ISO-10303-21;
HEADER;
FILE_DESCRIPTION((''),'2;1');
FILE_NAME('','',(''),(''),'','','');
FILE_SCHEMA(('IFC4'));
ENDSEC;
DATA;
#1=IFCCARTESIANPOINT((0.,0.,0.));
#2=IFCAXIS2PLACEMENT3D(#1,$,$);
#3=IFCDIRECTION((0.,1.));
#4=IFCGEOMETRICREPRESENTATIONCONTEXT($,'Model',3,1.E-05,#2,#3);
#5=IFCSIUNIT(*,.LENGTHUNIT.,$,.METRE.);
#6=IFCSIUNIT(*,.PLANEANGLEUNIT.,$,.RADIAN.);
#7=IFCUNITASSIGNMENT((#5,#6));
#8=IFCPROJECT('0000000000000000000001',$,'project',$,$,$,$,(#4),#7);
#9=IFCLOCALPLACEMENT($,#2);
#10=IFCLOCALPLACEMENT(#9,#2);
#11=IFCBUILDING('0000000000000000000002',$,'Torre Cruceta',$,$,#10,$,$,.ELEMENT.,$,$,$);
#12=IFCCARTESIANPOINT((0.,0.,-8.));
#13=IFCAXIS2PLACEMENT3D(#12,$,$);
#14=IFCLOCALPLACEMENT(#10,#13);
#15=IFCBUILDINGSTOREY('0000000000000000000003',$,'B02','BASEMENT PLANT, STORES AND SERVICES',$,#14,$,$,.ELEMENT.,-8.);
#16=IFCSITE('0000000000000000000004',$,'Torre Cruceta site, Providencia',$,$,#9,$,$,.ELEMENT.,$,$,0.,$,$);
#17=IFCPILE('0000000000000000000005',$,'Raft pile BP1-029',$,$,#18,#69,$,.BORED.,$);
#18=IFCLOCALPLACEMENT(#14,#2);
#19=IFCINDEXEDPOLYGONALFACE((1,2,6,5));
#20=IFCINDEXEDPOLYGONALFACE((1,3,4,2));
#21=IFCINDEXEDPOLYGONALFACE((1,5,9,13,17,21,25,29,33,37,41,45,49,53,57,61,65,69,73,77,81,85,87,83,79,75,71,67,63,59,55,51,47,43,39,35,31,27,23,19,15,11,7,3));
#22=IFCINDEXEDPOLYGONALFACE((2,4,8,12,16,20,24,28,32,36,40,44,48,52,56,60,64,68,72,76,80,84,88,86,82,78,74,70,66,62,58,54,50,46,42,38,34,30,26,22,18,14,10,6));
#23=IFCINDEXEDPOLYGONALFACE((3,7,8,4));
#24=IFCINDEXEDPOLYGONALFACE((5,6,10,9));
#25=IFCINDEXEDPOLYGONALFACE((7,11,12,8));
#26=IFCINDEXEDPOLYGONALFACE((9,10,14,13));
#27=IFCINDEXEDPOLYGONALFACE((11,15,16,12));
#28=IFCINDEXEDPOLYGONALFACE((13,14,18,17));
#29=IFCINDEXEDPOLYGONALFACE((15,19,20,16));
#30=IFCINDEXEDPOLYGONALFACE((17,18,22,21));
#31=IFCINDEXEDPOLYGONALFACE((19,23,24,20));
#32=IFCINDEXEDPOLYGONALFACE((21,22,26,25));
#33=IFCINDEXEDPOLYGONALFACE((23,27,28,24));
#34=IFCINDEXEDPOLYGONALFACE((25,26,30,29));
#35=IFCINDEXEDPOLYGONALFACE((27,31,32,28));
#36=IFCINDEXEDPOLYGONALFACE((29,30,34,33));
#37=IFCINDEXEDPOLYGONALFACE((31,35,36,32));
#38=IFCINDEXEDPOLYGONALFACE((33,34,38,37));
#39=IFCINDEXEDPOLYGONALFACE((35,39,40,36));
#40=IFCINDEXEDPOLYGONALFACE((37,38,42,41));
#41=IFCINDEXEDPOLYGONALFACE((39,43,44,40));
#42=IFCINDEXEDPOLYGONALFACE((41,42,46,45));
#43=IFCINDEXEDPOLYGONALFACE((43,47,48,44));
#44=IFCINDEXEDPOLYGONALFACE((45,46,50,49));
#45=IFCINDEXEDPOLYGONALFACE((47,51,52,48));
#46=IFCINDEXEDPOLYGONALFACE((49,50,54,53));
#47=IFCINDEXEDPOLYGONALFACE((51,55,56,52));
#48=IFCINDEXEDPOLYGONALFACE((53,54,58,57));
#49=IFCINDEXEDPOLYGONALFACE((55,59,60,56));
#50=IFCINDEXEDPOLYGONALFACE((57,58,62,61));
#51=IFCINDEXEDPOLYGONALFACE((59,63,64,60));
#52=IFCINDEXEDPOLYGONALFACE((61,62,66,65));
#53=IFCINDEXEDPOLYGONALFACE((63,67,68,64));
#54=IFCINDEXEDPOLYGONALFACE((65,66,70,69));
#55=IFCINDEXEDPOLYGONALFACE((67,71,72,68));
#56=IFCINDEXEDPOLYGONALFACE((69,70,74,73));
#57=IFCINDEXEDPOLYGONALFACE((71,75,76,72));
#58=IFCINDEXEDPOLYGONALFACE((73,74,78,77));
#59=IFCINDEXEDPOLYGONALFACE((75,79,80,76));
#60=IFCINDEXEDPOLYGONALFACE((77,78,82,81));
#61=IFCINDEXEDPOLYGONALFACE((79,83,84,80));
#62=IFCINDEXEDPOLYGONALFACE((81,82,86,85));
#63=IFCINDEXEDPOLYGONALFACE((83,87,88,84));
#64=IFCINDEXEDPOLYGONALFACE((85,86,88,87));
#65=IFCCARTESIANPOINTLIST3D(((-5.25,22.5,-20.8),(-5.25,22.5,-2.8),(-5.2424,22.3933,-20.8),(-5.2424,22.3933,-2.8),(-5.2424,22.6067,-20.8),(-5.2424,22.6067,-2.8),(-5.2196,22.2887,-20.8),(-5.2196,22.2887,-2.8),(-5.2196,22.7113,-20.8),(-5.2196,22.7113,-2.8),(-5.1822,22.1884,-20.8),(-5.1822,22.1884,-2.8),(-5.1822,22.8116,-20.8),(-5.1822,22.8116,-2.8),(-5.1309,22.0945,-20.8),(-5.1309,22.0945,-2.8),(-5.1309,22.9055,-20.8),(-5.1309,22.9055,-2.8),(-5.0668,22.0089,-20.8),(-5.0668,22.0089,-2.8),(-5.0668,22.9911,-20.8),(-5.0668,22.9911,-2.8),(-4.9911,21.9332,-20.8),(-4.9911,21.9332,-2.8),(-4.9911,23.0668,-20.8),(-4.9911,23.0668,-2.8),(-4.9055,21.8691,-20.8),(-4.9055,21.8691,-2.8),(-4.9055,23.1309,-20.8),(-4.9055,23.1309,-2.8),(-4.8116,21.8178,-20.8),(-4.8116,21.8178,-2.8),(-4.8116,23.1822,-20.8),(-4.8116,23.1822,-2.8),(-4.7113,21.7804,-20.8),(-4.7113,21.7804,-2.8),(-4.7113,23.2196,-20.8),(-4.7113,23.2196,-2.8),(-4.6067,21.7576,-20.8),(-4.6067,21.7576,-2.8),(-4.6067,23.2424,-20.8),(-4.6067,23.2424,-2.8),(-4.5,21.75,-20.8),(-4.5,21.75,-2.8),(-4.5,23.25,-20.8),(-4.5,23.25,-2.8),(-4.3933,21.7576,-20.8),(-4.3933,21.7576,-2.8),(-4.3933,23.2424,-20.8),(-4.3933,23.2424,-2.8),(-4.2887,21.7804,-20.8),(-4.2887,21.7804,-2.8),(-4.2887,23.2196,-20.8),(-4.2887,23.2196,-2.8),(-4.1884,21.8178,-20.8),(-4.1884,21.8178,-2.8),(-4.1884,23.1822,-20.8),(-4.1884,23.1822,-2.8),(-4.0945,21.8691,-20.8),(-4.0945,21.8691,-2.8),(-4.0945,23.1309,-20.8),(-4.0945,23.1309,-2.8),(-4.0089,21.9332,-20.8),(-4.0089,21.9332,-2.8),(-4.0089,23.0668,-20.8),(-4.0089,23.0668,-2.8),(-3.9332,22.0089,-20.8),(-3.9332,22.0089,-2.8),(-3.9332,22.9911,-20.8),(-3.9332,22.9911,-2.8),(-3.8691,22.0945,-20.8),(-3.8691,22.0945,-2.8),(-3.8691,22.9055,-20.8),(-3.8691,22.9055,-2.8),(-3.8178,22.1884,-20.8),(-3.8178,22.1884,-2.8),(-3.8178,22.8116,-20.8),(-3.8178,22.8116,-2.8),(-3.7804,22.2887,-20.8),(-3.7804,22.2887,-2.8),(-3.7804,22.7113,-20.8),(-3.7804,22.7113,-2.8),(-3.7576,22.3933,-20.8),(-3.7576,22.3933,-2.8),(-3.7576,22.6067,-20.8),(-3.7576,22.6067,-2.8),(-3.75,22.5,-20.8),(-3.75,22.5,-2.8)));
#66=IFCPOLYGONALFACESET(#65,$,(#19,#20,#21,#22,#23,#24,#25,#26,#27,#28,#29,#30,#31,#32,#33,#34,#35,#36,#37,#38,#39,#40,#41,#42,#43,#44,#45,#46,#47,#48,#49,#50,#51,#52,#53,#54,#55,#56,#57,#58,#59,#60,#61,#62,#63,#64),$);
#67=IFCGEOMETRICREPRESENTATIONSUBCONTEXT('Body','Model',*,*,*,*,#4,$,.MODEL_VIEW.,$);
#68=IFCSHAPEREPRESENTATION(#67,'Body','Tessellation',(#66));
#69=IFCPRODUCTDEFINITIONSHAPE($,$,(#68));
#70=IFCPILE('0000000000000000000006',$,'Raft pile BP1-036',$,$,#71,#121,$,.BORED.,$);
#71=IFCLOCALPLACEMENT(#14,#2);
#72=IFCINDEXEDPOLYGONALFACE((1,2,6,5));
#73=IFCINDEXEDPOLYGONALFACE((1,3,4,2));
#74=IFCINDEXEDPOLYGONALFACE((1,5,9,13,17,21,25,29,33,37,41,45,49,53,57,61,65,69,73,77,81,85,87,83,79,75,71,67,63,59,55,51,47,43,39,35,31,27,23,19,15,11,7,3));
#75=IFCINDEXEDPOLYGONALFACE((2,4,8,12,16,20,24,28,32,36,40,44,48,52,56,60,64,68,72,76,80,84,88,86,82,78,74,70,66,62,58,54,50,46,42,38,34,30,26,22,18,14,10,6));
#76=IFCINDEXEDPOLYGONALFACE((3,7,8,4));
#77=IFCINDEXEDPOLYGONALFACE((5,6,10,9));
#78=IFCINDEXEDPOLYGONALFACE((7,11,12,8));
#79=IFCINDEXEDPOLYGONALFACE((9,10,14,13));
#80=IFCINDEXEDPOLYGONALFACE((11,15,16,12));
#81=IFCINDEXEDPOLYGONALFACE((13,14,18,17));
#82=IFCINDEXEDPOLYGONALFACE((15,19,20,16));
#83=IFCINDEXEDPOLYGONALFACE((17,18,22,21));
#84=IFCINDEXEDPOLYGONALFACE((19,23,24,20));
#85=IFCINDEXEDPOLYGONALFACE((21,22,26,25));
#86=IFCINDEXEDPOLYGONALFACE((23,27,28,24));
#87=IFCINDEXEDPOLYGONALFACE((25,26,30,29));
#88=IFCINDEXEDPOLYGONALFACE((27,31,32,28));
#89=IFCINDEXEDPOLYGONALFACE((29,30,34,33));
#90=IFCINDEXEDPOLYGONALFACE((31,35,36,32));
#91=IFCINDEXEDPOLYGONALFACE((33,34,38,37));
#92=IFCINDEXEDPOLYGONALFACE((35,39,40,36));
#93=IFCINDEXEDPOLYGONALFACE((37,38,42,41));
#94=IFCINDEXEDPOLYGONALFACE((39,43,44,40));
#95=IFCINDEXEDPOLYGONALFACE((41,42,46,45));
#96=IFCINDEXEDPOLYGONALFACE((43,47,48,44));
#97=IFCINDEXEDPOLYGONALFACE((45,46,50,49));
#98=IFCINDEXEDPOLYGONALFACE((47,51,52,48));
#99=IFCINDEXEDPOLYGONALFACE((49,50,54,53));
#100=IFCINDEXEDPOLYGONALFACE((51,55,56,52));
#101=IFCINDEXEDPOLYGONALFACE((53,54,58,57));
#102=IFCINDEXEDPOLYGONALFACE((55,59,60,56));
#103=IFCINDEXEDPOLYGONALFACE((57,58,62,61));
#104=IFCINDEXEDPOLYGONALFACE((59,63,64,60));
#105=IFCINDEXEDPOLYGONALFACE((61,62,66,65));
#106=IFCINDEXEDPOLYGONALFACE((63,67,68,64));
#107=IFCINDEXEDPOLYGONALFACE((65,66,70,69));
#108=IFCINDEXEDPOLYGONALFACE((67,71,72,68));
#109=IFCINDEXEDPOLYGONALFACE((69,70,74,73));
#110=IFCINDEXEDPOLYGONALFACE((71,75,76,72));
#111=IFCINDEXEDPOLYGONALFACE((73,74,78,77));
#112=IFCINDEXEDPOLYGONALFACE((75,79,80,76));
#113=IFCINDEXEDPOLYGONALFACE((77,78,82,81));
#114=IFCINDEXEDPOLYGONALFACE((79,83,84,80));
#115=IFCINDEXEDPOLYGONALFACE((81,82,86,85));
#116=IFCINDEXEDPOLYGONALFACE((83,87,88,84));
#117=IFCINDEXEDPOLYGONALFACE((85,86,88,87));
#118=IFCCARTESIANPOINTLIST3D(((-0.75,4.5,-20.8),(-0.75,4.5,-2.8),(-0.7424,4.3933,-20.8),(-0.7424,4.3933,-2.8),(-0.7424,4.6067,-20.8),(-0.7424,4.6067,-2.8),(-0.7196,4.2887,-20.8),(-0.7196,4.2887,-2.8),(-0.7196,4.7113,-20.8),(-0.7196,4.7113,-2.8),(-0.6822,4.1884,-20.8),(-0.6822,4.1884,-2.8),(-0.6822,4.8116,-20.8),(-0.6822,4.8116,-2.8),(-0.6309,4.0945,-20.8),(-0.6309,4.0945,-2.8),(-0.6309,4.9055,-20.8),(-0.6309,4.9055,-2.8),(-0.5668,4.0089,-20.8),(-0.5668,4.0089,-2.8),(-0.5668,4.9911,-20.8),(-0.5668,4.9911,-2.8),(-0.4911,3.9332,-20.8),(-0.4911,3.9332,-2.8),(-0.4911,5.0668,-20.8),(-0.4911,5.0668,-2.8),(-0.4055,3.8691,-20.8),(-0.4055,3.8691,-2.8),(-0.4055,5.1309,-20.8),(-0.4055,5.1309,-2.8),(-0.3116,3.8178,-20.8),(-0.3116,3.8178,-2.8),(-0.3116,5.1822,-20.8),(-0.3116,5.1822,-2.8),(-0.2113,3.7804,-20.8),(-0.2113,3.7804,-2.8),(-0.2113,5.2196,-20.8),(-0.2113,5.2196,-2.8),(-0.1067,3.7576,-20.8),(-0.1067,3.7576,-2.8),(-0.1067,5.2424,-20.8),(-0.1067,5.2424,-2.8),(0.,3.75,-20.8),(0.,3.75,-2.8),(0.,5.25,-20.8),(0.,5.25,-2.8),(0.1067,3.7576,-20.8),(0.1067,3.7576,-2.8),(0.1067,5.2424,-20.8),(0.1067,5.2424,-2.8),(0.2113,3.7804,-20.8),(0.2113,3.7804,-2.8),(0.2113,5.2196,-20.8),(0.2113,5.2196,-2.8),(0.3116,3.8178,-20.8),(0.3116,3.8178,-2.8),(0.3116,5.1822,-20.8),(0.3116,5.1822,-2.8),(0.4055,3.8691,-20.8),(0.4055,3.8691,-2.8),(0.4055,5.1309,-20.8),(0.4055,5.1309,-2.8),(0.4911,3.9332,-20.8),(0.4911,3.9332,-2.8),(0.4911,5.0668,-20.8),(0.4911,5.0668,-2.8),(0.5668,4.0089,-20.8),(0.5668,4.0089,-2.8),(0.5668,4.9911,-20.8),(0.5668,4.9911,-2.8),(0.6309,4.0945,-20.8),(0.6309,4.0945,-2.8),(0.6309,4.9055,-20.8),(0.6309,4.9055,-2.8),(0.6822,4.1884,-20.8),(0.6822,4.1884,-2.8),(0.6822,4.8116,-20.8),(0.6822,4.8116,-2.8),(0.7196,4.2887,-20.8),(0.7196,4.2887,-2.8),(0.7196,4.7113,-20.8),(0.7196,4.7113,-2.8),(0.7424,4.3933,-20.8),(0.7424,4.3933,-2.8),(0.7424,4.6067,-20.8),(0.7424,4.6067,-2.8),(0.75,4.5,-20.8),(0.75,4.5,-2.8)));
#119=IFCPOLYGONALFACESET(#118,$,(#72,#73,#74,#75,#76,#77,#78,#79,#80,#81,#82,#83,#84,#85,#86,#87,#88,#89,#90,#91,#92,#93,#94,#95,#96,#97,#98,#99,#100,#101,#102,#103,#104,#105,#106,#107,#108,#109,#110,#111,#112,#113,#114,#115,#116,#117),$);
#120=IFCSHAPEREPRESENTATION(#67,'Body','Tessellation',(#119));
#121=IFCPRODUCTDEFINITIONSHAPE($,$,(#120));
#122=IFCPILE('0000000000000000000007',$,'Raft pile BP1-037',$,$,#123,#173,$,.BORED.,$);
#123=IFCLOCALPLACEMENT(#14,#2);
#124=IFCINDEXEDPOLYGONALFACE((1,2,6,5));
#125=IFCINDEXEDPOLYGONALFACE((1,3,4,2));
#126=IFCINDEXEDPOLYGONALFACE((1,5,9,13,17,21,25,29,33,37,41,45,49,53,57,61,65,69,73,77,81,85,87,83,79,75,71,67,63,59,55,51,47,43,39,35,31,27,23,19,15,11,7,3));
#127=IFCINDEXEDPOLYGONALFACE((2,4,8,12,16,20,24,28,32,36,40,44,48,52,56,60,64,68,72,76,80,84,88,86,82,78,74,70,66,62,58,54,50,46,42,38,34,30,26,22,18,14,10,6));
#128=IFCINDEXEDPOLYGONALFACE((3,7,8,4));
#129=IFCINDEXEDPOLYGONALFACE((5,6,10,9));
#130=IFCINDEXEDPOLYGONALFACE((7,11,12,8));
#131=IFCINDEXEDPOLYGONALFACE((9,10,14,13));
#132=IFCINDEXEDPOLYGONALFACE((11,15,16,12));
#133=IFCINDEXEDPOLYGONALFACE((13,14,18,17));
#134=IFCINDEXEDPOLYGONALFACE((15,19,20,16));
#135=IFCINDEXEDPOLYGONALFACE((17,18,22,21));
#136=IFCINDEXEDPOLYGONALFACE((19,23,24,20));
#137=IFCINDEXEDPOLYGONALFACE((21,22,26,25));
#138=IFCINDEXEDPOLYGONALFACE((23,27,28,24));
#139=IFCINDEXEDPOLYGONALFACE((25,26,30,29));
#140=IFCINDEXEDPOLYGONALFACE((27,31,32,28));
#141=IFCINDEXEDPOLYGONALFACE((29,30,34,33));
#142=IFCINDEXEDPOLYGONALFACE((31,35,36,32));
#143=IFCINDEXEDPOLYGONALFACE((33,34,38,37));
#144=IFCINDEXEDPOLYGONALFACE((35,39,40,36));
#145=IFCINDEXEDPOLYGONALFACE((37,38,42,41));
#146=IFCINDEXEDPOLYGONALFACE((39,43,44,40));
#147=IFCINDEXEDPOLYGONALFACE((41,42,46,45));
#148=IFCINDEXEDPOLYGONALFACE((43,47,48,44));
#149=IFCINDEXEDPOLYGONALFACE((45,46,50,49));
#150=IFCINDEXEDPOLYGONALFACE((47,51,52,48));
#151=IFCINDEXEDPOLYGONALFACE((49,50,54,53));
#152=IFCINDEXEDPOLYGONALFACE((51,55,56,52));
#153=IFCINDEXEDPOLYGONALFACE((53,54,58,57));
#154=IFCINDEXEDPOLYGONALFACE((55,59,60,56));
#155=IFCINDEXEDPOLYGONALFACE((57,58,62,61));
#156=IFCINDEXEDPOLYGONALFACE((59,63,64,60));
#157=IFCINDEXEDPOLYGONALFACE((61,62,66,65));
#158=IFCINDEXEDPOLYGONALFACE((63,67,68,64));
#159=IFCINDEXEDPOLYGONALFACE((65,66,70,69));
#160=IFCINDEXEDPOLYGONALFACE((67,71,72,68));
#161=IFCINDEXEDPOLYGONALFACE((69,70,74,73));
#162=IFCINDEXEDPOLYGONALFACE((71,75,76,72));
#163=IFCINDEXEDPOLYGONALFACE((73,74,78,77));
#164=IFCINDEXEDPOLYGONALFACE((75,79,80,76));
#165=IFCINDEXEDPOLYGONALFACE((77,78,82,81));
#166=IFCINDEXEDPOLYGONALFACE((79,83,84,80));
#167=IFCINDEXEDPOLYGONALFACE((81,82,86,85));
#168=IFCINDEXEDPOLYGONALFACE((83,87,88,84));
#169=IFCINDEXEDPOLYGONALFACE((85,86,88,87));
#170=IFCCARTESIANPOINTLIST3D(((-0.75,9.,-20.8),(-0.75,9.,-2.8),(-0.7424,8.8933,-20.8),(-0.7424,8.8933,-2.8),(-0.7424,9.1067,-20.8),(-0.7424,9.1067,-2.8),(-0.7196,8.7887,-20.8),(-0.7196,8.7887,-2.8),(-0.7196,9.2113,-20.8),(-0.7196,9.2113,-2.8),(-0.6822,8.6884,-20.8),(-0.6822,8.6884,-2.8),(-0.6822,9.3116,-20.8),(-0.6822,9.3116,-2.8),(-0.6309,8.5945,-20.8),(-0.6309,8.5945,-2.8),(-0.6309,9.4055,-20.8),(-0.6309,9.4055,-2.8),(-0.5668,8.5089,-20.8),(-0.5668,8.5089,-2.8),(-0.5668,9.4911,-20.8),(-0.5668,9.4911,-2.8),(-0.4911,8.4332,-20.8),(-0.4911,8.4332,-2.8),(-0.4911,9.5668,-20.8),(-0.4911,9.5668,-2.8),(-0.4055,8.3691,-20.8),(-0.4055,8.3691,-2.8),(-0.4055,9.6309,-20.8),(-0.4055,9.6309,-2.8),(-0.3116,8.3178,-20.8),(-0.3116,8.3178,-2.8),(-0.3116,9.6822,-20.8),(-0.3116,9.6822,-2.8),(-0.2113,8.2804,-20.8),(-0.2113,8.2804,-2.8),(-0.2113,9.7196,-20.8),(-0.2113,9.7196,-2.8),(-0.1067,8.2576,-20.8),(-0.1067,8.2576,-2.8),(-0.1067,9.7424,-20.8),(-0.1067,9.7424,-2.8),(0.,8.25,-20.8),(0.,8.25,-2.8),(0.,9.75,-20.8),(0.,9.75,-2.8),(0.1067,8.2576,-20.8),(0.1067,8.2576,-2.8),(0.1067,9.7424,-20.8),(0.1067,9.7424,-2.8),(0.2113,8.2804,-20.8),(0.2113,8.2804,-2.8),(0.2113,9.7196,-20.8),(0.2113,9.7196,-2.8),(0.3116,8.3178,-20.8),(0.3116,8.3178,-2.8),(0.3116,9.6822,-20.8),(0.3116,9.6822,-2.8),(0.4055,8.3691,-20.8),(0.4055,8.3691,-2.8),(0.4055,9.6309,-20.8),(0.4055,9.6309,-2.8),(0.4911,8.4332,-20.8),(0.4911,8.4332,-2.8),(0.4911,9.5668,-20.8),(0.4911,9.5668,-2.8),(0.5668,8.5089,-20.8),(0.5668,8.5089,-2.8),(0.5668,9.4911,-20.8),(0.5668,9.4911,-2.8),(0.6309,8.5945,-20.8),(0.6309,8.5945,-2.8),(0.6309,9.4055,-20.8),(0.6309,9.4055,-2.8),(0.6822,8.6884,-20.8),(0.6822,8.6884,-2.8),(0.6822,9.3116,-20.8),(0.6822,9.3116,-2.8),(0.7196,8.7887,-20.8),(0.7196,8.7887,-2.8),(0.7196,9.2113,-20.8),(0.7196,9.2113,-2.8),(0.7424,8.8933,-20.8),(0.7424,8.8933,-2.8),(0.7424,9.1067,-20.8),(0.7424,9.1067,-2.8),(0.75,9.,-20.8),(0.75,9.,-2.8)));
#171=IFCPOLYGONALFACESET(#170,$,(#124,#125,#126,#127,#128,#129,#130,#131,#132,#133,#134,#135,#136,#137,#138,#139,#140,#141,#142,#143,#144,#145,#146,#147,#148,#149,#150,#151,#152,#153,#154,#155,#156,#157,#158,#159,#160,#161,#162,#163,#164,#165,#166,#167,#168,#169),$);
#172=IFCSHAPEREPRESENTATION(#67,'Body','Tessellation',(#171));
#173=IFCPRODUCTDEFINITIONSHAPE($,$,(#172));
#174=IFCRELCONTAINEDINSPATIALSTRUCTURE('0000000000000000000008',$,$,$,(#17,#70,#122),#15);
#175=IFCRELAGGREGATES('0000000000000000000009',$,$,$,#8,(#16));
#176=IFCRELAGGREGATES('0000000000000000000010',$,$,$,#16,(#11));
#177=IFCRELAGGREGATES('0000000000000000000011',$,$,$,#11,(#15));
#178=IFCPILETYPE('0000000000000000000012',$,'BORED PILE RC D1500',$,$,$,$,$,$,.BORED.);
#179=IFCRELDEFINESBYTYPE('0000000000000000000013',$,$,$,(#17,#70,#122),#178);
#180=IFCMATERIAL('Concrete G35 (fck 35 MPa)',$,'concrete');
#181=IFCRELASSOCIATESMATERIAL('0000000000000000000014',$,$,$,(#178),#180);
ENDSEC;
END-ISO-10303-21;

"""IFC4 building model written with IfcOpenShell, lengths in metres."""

from ifc_helpers import new_model, si_unit, direction, frame, origin, origin_2d, place, context, subcontext, project, spatial, circle, extrude, material, material_profile, profile_set, type_object, element, save


model = new_model("IFC4")

# Units and contexts
model_context = context("Model", 3, precision=1e-05, world=origin(), true_north=direction((0.0, 1.0)))
body_context = subcontext(model_context, "Body", "Model", "MODEL_VIEW")
ifc_project = project(units=[si_unit("LENGTHUNIT", "METRE"), si_unit("PLANEANGLEUNIT", "RADIAN")], contexts=[model_context])

# Site, building, storey
site_placement = place(None, origin())
site = spatial("IfcSite", under=ifc_project, at=site_placement, Name="Torre Cruceta site, Providencia", CompositionType="ELEMENT", RefElevation=0.0)
building_placement = place(site_placement, origin())
building = spatial("IfcBuilding", under=site, at=building_placement, Name="Torre Cruceta", CompositionType="ELEMENT")
storey_placement = place(building_placement, frame((0.0, 0.0, -8.0)))
storey = spatial("IfcBuildingStorey", under=building, at=storey_placement, Name="B02", Description="BASEMENT PLANT, STORES AND SERVICES", CompositionType="ELEMENT", Elevation=-8.0)

# Piles
ifc_material_1 = material(Name="Concrete G35 (fck 35 MPa)", Category="concrete")
ifc_material_profile_1 = material_profile(ifc_material_1, circle(Radius=0.75, at=origin_2d()), Name="RC D1500")
ifc_profile_set_1 = profile_set([ifc_material_profile_1], Name="Concrete G35 (fck 35 MPa)")
pile_type_1 = type_object("IfcPileType", Name="BORED PILE RC D1500", PredefinedType="BORED", material=ifc_profile_set_1)
for number, where, z_axis, x_axis, name in (
    (1, (-4.5, 22.5, -2.8), (0.0, 0.0, -1.0), (1.0, 0.0, 0.0), "Raft pile BP1-029"),
    (2, (0.0, 4.5, -2.8), (0.0, 0.0, -1.0), (1.0, 0.0, 0.0), "Raft pile BP1-036"),
    (3, (0.0, 9.0, -2.8), (0.0, 0.0, -1.0), (1.0, 0.0, 0.0), "Raft pile BP1-037"),
):
    element("IfcPile", number, at=place(storey_placement, frame(where, z_axis=z_axis, x_axis=x_axis)), inside=storey, type_object=pile_type_1, Name=name, PredefinedType="BORED", context=body_context, shape_type="SweptSolid", body=[
        extrude(circle(Radius=0.75, at=origin_2d()), origin(), (0.0, 0.0, 1.0), 18.0),
    ])

save(model, "model.ifc")
